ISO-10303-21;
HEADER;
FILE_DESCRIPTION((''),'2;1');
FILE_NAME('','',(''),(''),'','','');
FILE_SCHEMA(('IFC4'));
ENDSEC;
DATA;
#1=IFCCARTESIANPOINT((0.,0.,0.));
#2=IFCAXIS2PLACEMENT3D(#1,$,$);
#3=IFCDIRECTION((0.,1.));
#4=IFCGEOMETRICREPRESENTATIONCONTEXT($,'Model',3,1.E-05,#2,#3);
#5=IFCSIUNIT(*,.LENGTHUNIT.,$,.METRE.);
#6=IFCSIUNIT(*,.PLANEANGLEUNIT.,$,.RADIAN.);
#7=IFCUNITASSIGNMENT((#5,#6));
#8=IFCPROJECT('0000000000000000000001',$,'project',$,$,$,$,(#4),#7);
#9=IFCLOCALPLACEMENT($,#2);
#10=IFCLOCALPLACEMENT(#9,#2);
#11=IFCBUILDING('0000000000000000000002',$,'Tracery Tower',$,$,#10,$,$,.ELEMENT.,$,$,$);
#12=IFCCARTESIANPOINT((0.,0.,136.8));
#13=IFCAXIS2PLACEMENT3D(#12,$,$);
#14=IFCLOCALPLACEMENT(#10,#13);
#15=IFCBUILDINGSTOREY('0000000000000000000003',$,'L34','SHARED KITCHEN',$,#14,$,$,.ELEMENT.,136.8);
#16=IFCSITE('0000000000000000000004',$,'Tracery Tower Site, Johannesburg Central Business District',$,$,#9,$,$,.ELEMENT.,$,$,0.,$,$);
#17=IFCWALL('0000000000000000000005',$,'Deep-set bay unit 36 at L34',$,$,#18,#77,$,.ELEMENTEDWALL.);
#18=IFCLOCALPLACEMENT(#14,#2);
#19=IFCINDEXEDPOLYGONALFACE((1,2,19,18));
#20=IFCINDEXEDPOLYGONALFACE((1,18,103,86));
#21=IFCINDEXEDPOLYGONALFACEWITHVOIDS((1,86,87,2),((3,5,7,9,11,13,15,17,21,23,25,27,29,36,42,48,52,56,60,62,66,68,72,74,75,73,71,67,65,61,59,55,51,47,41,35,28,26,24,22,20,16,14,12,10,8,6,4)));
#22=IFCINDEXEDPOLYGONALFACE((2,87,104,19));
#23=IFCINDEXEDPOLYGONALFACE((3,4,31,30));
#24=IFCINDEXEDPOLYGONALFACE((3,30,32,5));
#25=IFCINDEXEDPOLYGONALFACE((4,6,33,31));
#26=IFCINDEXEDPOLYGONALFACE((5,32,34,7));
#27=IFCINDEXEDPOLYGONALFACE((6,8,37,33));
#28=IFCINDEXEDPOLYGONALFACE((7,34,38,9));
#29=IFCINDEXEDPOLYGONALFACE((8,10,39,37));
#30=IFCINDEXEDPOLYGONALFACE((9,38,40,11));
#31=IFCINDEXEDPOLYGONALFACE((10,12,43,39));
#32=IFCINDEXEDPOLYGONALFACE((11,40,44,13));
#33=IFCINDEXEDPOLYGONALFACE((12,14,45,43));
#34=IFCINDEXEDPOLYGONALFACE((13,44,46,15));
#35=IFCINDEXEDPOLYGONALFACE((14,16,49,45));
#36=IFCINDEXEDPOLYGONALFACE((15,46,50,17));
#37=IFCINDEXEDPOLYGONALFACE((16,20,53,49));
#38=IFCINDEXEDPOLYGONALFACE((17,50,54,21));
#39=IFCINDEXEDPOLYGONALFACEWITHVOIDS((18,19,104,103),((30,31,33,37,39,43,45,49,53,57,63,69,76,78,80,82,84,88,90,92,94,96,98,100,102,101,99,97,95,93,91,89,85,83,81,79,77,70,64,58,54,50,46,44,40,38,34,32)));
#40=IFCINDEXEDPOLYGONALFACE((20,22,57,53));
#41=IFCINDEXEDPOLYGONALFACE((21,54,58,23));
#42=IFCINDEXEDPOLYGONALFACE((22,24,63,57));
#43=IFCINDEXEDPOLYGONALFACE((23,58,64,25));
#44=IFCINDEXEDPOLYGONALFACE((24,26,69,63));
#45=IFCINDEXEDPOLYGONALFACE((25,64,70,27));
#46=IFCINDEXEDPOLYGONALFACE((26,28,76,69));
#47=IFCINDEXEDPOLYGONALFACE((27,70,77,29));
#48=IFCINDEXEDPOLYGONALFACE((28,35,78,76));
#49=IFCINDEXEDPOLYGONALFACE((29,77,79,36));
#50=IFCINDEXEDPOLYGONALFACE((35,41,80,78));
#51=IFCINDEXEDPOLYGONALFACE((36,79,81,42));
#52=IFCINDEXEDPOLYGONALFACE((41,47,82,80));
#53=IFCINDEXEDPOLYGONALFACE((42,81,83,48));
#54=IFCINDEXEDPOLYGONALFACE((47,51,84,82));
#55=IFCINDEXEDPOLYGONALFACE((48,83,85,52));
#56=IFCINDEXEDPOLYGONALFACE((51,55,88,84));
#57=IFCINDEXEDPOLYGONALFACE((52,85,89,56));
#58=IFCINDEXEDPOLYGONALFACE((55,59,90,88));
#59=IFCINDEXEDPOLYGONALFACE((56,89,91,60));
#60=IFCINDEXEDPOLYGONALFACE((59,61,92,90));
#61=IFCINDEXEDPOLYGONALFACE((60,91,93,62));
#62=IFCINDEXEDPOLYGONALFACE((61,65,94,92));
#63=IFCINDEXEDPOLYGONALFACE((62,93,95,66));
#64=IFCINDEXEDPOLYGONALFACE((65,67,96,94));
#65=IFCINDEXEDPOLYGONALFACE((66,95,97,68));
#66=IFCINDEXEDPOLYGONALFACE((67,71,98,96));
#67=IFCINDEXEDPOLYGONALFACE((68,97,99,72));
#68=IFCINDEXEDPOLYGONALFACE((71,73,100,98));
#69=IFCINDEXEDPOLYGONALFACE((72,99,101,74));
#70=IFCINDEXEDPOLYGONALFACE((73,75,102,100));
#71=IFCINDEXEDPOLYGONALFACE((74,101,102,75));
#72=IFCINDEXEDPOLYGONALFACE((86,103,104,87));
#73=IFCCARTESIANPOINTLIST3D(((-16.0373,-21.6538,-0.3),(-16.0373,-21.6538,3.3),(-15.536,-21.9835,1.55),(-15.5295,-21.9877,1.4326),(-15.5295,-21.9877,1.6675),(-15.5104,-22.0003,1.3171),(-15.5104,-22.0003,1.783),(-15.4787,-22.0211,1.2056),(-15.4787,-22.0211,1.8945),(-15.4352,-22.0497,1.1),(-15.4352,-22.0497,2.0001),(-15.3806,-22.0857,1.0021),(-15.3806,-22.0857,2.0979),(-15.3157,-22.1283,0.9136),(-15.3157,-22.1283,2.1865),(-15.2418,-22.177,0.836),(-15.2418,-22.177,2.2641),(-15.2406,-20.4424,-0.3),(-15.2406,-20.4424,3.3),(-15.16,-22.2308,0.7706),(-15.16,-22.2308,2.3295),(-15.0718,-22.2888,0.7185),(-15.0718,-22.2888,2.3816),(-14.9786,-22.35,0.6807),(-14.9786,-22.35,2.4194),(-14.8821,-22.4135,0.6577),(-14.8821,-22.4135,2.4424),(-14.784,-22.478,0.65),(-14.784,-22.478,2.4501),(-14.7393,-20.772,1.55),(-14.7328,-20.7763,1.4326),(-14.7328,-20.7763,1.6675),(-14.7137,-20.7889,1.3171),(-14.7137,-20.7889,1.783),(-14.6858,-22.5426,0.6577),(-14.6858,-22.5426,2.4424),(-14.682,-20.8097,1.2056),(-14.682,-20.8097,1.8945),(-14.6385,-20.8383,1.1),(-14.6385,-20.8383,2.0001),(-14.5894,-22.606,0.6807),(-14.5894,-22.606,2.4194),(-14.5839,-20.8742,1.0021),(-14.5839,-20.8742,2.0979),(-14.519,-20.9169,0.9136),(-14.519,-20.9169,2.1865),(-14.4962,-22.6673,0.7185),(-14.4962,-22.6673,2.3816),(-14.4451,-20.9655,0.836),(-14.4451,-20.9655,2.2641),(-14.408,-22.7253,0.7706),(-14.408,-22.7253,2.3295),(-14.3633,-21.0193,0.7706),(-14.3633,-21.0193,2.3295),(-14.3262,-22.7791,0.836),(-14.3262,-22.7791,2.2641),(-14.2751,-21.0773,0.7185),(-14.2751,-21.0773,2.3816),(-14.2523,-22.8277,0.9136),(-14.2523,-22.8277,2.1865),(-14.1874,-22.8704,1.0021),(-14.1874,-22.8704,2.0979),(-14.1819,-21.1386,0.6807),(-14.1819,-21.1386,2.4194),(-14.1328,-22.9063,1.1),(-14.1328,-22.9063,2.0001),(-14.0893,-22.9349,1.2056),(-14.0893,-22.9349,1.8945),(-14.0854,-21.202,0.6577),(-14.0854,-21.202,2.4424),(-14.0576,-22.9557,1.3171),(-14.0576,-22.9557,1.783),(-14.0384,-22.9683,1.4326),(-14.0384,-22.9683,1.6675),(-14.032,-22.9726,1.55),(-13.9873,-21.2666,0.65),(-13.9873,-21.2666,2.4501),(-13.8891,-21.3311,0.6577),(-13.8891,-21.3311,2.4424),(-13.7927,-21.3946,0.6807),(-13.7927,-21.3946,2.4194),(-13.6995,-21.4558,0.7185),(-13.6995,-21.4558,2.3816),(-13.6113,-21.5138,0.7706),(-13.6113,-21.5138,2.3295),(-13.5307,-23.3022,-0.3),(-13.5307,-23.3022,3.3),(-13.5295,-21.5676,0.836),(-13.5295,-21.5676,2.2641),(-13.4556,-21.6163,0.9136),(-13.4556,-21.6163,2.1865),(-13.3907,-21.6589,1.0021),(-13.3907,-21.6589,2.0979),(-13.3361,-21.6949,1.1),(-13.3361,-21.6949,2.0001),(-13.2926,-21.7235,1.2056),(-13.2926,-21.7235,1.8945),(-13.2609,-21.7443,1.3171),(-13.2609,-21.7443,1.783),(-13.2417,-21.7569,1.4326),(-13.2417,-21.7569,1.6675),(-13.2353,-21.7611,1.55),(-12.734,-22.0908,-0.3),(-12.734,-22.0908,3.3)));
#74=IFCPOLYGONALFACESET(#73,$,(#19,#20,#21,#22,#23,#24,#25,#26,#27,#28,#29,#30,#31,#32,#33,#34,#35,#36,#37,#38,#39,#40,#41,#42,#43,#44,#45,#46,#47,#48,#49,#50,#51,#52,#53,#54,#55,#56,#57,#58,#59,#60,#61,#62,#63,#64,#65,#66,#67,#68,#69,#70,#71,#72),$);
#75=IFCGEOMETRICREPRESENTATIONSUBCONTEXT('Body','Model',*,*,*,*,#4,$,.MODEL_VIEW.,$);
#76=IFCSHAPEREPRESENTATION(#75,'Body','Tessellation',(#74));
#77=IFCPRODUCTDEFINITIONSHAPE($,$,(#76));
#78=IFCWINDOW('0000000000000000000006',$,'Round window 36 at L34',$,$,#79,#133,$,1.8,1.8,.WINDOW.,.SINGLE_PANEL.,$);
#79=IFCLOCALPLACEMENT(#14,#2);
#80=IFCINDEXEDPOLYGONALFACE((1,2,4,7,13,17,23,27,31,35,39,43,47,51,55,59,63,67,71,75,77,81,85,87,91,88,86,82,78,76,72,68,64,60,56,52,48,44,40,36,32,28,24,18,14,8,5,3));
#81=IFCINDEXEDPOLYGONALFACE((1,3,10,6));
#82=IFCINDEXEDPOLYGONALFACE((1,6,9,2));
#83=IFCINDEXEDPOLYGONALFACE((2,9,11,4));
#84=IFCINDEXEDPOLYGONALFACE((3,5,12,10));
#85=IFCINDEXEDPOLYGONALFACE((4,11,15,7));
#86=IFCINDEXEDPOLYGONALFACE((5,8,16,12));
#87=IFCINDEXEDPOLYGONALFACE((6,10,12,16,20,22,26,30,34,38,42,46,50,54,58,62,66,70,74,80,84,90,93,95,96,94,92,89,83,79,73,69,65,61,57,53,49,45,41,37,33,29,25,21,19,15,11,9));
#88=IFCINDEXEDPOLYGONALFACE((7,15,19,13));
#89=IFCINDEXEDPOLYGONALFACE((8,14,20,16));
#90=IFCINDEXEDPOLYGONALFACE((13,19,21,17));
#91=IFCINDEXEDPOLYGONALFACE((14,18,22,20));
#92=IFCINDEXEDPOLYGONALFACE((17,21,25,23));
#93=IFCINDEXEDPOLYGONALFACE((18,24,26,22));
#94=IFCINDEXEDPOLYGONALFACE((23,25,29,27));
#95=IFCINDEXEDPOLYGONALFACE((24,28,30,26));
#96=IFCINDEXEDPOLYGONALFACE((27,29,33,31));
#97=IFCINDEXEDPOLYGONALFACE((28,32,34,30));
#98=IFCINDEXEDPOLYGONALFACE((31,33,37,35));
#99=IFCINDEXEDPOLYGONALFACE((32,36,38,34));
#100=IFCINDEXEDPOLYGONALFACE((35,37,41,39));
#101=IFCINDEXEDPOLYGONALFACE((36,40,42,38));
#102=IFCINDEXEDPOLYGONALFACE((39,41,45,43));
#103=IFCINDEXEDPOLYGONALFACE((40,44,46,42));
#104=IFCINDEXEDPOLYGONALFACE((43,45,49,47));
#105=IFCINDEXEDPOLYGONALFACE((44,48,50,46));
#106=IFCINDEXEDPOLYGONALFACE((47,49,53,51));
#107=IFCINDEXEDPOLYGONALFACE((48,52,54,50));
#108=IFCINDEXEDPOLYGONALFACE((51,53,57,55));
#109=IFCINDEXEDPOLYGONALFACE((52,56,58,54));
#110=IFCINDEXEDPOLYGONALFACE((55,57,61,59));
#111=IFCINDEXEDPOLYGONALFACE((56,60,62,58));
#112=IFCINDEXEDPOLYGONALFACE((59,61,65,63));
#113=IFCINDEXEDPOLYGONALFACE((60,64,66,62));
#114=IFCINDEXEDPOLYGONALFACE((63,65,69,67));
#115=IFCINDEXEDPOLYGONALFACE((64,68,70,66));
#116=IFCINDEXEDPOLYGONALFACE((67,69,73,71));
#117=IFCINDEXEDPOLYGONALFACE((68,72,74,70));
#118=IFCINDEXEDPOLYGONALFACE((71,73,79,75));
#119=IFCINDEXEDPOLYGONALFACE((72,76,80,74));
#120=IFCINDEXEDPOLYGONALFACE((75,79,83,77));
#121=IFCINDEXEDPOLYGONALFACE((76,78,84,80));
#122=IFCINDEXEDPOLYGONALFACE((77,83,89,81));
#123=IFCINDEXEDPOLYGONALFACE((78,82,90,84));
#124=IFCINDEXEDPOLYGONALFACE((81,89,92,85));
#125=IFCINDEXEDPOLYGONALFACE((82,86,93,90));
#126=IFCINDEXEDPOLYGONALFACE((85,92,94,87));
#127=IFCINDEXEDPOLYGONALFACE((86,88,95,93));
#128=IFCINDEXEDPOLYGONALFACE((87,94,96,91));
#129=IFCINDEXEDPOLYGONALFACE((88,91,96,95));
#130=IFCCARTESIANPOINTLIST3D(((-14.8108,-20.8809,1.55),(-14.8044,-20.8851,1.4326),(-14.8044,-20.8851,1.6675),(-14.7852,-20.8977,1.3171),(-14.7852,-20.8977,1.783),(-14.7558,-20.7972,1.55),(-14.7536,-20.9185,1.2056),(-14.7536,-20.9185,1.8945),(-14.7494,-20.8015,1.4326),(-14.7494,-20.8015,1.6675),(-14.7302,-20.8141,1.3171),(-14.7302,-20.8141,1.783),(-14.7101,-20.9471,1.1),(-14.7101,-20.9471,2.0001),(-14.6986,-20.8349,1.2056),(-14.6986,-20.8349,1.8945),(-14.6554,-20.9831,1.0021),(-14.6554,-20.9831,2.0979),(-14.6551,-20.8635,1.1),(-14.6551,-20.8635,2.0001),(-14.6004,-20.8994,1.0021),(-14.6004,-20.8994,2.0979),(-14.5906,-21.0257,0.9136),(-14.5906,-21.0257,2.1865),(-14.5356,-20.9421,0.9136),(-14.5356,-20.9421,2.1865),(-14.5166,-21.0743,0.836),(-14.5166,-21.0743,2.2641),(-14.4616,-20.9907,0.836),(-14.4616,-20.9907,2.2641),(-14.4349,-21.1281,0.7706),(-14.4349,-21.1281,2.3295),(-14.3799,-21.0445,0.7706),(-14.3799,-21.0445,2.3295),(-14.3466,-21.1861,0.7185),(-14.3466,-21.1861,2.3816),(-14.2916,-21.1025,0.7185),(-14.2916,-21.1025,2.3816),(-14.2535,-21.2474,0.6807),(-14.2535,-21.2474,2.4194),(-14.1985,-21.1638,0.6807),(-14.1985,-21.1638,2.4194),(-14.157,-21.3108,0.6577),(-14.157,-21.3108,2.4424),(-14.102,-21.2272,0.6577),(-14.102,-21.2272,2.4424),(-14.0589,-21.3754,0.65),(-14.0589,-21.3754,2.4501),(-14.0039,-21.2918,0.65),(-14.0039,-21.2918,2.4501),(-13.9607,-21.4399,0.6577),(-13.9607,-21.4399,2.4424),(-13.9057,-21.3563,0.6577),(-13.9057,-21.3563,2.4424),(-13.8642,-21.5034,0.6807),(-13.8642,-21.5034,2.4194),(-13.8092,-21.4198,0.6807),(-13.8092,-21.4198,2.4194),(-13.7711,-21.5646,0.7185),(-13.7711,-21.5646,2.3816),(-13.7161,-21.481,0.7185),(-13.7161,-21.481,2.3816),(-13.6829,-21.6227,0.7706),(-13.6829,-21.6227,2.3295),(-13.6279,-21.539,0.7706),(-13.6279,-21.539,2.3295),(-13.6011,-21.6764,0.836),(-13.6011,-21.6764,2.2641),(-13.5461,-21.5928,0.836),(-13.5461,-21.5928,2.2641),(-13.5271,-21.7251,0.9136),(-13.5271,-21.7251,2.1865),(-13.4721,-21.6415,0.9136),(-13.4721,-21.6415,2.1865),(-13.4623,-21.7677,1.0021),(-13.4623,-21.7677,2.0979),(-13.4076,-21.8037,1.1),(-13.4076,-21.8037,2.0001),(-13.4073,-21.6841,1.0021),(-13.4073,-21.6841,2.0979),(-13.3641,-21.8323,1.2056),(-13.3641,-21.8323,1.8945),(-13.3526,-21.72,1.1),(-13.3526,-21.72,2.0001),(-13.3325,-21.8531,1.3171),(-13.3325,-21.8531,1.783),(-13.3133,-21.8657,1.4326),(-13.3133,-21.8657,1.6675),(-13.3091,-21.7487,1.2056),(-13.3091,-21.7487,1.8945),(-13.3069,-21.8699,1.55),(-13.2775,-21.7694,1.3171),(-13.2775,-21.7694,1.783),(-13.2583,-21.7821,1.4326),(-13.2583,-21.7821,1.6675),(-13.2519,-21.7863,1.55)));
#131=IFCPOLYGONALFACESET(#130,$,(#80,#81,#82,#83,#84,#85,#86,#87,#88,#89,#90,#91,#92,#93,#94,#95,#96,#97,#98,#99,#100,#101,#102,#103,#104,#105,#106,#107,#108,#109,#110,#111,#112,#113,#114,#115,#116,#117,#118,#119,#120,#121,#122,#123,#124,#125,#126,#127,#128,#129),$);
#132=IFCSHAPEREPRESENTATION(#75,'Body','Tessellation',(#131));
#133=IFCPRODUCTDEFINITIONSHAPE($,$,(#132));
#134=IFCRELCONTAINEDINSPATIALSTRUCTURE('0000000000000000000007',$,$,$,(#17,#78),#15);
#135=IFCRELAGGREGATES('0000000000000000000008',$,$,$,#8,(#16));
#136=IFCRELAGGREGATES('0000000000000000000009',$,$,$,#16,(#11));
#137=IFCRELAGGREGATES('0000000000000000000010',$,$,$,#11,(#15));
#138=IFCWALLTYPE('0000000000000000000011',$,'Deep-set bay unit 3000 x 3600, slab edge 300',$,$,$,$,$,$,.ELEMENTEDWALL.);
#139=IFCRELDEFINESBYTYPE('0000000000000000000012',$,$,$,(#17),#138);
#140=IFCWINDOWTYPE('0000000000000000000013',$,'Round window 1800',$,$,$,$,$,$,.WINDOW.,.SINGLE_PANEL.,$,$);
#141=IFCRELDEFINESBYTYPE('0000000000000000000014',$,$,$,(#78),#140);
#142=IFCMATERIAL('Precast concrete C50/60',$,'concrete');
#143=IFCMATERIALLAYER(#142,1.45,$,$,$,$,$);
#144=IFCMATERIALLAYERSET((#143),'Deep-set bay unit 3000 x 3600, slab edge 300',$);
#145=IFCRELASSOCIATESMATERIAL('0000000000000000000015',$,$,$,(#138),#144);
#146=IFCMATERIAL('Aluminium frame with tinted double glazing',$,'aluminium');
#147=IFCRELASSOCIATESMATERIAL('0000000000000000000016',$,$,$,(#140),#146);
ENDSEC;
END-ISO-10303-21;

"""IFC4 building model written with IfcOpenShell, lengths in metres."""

from ifc_helpers import new_model, si_unit, direction, frame, frame_2d, origin, origin_2d, place, context, subcontext, project, spatial, rectangle, circle, extrude, material, layer, layer_set, type_object, element, fill, save


model = new_model("IFC4")

# Units and contexts
model_context = context("Model", 3, precision=1e-05, world=origin(), true_north=direction((0.0, 1.0)))
body_context = subcontext(model_context, "Body", "Model", "MODEL_VIEW")
ifc_project = project(units=[si_unit("LENGTHUNIT", "METRE"), si_unit("PLANEANGLEUNIT", "RADIAN")], contexts=[model_context])

# Site, building, storey
site_placement = place(None, origin())
site = spatial("IfcSite", under=ifc_project, at=site_placement, Name="Tracery Tower Site, Johannesburg Central Business District", CompositionType="ELEMENT", RefElevation=0.0)
building_placement = place(site_placement, origin())
building = spatial("IfcBuilding", under=site, at=building_placement, Name="Tracery Tower", CompositionType="ELEMENT")
storey_placement = place(building_placement, frame((0.0, 0.0, 136.8)))
storey = spatial("IfcBuildingStorey", under=building, at=storey_placement, Name="L34", Description="SHARED KITCHEN", CompositionType="ELEMENT", Elevation=136.8)

# Wall, opening, window
ifc_material_1 = material(Name="Precast concrete C50/60", Category="concrete")
ifc_layer_1 = layer(ifc_material_1, 1.45)
ifc_layer_set_1 = layer_set([ifc_layer_1], Name="Deep-set bay unit 3000 x 3600, slab edge 300")
wall_type_1 = type_object("IfcWallType", Name="Deep-set bay unit 3000 x 3600, slab edge 300", PredefinedType="ELEMENTEDWALL", material=ifc_layer_set_1)
ifc_material_2 = material(Name="Aluminium frame with tinted double glazing", Category="aluminium")
window_type = type_object("IfcWindowType", Name="Round window 1800", PartitioningType="SINGLE_PANEL", PredefinedType="WINDOW", material=ifc_material_2)
wall_1_placement = place(storey_placement, frame((-15.6389, -21.0481, -0.3), z_axis=(0.0, 0.0, 1.0), x_axis=(0.835514, -0.549469, 0.0)))
wall_1 = element("IfcWall", 1, at=wall_1_placement, inside=storey, type_object=wall_type_1, Name="Deep-set bay unit 36 at L34", PredefinedType="ELEMENTEDWALL", context=body_context, shape_type="SweptSolid", body=[
    extrude(rectangle(XDim=3.0, YDim=1.45, at=frame_2d((1.5, 0.0))), origin(), (0.0, 0.0, 1.0), 3.6001),
])
opening_1_placement = place(wall_1_placement, frame((1.5, 0.0, 1.8501)))
opening_1 = element("IfcOpeningElement", 2, at=opening_1_placement, cuts=wall_1, PredefinedType="OPENING", context=body_context, shape_type="SweptSolid", body=[
    extrude(circle(Radius=0.9, at=origin_2d()), frame((0.0, 0.7349, 0.0), z_axis=(0.0, -1.0, 0.0), x_axis=(1.0, 0.0, 0.0)), (0.0, 0.0, 1.0), 1.47),
])
window_1_placement = place(opening_1_placement, origin())
window_1 = element("IfcWindow", 3, at=window_1_placement, inside=storey, type_object=window_type, Name="Round window 36 at L34", OverallHeight=1.8, OverallWidth=1.8, PartitioningType="SINGLE_PANEL", PredefinedType="WINDOW", context=body_context, shape_type="SweptSolid", body=[
    extrude(circle(Radius=0.9, at=origin_2d()), frame((0.0, 0.6948, 0.0), z_axis=(0.0, -1.0, 0.0), x_axis=(1.0, 0.0, 0.0)), (0.0, 0.0, 1.0), 0.1001),
])
fill(opening_1, window_1)

save(model, "model.ifc")
